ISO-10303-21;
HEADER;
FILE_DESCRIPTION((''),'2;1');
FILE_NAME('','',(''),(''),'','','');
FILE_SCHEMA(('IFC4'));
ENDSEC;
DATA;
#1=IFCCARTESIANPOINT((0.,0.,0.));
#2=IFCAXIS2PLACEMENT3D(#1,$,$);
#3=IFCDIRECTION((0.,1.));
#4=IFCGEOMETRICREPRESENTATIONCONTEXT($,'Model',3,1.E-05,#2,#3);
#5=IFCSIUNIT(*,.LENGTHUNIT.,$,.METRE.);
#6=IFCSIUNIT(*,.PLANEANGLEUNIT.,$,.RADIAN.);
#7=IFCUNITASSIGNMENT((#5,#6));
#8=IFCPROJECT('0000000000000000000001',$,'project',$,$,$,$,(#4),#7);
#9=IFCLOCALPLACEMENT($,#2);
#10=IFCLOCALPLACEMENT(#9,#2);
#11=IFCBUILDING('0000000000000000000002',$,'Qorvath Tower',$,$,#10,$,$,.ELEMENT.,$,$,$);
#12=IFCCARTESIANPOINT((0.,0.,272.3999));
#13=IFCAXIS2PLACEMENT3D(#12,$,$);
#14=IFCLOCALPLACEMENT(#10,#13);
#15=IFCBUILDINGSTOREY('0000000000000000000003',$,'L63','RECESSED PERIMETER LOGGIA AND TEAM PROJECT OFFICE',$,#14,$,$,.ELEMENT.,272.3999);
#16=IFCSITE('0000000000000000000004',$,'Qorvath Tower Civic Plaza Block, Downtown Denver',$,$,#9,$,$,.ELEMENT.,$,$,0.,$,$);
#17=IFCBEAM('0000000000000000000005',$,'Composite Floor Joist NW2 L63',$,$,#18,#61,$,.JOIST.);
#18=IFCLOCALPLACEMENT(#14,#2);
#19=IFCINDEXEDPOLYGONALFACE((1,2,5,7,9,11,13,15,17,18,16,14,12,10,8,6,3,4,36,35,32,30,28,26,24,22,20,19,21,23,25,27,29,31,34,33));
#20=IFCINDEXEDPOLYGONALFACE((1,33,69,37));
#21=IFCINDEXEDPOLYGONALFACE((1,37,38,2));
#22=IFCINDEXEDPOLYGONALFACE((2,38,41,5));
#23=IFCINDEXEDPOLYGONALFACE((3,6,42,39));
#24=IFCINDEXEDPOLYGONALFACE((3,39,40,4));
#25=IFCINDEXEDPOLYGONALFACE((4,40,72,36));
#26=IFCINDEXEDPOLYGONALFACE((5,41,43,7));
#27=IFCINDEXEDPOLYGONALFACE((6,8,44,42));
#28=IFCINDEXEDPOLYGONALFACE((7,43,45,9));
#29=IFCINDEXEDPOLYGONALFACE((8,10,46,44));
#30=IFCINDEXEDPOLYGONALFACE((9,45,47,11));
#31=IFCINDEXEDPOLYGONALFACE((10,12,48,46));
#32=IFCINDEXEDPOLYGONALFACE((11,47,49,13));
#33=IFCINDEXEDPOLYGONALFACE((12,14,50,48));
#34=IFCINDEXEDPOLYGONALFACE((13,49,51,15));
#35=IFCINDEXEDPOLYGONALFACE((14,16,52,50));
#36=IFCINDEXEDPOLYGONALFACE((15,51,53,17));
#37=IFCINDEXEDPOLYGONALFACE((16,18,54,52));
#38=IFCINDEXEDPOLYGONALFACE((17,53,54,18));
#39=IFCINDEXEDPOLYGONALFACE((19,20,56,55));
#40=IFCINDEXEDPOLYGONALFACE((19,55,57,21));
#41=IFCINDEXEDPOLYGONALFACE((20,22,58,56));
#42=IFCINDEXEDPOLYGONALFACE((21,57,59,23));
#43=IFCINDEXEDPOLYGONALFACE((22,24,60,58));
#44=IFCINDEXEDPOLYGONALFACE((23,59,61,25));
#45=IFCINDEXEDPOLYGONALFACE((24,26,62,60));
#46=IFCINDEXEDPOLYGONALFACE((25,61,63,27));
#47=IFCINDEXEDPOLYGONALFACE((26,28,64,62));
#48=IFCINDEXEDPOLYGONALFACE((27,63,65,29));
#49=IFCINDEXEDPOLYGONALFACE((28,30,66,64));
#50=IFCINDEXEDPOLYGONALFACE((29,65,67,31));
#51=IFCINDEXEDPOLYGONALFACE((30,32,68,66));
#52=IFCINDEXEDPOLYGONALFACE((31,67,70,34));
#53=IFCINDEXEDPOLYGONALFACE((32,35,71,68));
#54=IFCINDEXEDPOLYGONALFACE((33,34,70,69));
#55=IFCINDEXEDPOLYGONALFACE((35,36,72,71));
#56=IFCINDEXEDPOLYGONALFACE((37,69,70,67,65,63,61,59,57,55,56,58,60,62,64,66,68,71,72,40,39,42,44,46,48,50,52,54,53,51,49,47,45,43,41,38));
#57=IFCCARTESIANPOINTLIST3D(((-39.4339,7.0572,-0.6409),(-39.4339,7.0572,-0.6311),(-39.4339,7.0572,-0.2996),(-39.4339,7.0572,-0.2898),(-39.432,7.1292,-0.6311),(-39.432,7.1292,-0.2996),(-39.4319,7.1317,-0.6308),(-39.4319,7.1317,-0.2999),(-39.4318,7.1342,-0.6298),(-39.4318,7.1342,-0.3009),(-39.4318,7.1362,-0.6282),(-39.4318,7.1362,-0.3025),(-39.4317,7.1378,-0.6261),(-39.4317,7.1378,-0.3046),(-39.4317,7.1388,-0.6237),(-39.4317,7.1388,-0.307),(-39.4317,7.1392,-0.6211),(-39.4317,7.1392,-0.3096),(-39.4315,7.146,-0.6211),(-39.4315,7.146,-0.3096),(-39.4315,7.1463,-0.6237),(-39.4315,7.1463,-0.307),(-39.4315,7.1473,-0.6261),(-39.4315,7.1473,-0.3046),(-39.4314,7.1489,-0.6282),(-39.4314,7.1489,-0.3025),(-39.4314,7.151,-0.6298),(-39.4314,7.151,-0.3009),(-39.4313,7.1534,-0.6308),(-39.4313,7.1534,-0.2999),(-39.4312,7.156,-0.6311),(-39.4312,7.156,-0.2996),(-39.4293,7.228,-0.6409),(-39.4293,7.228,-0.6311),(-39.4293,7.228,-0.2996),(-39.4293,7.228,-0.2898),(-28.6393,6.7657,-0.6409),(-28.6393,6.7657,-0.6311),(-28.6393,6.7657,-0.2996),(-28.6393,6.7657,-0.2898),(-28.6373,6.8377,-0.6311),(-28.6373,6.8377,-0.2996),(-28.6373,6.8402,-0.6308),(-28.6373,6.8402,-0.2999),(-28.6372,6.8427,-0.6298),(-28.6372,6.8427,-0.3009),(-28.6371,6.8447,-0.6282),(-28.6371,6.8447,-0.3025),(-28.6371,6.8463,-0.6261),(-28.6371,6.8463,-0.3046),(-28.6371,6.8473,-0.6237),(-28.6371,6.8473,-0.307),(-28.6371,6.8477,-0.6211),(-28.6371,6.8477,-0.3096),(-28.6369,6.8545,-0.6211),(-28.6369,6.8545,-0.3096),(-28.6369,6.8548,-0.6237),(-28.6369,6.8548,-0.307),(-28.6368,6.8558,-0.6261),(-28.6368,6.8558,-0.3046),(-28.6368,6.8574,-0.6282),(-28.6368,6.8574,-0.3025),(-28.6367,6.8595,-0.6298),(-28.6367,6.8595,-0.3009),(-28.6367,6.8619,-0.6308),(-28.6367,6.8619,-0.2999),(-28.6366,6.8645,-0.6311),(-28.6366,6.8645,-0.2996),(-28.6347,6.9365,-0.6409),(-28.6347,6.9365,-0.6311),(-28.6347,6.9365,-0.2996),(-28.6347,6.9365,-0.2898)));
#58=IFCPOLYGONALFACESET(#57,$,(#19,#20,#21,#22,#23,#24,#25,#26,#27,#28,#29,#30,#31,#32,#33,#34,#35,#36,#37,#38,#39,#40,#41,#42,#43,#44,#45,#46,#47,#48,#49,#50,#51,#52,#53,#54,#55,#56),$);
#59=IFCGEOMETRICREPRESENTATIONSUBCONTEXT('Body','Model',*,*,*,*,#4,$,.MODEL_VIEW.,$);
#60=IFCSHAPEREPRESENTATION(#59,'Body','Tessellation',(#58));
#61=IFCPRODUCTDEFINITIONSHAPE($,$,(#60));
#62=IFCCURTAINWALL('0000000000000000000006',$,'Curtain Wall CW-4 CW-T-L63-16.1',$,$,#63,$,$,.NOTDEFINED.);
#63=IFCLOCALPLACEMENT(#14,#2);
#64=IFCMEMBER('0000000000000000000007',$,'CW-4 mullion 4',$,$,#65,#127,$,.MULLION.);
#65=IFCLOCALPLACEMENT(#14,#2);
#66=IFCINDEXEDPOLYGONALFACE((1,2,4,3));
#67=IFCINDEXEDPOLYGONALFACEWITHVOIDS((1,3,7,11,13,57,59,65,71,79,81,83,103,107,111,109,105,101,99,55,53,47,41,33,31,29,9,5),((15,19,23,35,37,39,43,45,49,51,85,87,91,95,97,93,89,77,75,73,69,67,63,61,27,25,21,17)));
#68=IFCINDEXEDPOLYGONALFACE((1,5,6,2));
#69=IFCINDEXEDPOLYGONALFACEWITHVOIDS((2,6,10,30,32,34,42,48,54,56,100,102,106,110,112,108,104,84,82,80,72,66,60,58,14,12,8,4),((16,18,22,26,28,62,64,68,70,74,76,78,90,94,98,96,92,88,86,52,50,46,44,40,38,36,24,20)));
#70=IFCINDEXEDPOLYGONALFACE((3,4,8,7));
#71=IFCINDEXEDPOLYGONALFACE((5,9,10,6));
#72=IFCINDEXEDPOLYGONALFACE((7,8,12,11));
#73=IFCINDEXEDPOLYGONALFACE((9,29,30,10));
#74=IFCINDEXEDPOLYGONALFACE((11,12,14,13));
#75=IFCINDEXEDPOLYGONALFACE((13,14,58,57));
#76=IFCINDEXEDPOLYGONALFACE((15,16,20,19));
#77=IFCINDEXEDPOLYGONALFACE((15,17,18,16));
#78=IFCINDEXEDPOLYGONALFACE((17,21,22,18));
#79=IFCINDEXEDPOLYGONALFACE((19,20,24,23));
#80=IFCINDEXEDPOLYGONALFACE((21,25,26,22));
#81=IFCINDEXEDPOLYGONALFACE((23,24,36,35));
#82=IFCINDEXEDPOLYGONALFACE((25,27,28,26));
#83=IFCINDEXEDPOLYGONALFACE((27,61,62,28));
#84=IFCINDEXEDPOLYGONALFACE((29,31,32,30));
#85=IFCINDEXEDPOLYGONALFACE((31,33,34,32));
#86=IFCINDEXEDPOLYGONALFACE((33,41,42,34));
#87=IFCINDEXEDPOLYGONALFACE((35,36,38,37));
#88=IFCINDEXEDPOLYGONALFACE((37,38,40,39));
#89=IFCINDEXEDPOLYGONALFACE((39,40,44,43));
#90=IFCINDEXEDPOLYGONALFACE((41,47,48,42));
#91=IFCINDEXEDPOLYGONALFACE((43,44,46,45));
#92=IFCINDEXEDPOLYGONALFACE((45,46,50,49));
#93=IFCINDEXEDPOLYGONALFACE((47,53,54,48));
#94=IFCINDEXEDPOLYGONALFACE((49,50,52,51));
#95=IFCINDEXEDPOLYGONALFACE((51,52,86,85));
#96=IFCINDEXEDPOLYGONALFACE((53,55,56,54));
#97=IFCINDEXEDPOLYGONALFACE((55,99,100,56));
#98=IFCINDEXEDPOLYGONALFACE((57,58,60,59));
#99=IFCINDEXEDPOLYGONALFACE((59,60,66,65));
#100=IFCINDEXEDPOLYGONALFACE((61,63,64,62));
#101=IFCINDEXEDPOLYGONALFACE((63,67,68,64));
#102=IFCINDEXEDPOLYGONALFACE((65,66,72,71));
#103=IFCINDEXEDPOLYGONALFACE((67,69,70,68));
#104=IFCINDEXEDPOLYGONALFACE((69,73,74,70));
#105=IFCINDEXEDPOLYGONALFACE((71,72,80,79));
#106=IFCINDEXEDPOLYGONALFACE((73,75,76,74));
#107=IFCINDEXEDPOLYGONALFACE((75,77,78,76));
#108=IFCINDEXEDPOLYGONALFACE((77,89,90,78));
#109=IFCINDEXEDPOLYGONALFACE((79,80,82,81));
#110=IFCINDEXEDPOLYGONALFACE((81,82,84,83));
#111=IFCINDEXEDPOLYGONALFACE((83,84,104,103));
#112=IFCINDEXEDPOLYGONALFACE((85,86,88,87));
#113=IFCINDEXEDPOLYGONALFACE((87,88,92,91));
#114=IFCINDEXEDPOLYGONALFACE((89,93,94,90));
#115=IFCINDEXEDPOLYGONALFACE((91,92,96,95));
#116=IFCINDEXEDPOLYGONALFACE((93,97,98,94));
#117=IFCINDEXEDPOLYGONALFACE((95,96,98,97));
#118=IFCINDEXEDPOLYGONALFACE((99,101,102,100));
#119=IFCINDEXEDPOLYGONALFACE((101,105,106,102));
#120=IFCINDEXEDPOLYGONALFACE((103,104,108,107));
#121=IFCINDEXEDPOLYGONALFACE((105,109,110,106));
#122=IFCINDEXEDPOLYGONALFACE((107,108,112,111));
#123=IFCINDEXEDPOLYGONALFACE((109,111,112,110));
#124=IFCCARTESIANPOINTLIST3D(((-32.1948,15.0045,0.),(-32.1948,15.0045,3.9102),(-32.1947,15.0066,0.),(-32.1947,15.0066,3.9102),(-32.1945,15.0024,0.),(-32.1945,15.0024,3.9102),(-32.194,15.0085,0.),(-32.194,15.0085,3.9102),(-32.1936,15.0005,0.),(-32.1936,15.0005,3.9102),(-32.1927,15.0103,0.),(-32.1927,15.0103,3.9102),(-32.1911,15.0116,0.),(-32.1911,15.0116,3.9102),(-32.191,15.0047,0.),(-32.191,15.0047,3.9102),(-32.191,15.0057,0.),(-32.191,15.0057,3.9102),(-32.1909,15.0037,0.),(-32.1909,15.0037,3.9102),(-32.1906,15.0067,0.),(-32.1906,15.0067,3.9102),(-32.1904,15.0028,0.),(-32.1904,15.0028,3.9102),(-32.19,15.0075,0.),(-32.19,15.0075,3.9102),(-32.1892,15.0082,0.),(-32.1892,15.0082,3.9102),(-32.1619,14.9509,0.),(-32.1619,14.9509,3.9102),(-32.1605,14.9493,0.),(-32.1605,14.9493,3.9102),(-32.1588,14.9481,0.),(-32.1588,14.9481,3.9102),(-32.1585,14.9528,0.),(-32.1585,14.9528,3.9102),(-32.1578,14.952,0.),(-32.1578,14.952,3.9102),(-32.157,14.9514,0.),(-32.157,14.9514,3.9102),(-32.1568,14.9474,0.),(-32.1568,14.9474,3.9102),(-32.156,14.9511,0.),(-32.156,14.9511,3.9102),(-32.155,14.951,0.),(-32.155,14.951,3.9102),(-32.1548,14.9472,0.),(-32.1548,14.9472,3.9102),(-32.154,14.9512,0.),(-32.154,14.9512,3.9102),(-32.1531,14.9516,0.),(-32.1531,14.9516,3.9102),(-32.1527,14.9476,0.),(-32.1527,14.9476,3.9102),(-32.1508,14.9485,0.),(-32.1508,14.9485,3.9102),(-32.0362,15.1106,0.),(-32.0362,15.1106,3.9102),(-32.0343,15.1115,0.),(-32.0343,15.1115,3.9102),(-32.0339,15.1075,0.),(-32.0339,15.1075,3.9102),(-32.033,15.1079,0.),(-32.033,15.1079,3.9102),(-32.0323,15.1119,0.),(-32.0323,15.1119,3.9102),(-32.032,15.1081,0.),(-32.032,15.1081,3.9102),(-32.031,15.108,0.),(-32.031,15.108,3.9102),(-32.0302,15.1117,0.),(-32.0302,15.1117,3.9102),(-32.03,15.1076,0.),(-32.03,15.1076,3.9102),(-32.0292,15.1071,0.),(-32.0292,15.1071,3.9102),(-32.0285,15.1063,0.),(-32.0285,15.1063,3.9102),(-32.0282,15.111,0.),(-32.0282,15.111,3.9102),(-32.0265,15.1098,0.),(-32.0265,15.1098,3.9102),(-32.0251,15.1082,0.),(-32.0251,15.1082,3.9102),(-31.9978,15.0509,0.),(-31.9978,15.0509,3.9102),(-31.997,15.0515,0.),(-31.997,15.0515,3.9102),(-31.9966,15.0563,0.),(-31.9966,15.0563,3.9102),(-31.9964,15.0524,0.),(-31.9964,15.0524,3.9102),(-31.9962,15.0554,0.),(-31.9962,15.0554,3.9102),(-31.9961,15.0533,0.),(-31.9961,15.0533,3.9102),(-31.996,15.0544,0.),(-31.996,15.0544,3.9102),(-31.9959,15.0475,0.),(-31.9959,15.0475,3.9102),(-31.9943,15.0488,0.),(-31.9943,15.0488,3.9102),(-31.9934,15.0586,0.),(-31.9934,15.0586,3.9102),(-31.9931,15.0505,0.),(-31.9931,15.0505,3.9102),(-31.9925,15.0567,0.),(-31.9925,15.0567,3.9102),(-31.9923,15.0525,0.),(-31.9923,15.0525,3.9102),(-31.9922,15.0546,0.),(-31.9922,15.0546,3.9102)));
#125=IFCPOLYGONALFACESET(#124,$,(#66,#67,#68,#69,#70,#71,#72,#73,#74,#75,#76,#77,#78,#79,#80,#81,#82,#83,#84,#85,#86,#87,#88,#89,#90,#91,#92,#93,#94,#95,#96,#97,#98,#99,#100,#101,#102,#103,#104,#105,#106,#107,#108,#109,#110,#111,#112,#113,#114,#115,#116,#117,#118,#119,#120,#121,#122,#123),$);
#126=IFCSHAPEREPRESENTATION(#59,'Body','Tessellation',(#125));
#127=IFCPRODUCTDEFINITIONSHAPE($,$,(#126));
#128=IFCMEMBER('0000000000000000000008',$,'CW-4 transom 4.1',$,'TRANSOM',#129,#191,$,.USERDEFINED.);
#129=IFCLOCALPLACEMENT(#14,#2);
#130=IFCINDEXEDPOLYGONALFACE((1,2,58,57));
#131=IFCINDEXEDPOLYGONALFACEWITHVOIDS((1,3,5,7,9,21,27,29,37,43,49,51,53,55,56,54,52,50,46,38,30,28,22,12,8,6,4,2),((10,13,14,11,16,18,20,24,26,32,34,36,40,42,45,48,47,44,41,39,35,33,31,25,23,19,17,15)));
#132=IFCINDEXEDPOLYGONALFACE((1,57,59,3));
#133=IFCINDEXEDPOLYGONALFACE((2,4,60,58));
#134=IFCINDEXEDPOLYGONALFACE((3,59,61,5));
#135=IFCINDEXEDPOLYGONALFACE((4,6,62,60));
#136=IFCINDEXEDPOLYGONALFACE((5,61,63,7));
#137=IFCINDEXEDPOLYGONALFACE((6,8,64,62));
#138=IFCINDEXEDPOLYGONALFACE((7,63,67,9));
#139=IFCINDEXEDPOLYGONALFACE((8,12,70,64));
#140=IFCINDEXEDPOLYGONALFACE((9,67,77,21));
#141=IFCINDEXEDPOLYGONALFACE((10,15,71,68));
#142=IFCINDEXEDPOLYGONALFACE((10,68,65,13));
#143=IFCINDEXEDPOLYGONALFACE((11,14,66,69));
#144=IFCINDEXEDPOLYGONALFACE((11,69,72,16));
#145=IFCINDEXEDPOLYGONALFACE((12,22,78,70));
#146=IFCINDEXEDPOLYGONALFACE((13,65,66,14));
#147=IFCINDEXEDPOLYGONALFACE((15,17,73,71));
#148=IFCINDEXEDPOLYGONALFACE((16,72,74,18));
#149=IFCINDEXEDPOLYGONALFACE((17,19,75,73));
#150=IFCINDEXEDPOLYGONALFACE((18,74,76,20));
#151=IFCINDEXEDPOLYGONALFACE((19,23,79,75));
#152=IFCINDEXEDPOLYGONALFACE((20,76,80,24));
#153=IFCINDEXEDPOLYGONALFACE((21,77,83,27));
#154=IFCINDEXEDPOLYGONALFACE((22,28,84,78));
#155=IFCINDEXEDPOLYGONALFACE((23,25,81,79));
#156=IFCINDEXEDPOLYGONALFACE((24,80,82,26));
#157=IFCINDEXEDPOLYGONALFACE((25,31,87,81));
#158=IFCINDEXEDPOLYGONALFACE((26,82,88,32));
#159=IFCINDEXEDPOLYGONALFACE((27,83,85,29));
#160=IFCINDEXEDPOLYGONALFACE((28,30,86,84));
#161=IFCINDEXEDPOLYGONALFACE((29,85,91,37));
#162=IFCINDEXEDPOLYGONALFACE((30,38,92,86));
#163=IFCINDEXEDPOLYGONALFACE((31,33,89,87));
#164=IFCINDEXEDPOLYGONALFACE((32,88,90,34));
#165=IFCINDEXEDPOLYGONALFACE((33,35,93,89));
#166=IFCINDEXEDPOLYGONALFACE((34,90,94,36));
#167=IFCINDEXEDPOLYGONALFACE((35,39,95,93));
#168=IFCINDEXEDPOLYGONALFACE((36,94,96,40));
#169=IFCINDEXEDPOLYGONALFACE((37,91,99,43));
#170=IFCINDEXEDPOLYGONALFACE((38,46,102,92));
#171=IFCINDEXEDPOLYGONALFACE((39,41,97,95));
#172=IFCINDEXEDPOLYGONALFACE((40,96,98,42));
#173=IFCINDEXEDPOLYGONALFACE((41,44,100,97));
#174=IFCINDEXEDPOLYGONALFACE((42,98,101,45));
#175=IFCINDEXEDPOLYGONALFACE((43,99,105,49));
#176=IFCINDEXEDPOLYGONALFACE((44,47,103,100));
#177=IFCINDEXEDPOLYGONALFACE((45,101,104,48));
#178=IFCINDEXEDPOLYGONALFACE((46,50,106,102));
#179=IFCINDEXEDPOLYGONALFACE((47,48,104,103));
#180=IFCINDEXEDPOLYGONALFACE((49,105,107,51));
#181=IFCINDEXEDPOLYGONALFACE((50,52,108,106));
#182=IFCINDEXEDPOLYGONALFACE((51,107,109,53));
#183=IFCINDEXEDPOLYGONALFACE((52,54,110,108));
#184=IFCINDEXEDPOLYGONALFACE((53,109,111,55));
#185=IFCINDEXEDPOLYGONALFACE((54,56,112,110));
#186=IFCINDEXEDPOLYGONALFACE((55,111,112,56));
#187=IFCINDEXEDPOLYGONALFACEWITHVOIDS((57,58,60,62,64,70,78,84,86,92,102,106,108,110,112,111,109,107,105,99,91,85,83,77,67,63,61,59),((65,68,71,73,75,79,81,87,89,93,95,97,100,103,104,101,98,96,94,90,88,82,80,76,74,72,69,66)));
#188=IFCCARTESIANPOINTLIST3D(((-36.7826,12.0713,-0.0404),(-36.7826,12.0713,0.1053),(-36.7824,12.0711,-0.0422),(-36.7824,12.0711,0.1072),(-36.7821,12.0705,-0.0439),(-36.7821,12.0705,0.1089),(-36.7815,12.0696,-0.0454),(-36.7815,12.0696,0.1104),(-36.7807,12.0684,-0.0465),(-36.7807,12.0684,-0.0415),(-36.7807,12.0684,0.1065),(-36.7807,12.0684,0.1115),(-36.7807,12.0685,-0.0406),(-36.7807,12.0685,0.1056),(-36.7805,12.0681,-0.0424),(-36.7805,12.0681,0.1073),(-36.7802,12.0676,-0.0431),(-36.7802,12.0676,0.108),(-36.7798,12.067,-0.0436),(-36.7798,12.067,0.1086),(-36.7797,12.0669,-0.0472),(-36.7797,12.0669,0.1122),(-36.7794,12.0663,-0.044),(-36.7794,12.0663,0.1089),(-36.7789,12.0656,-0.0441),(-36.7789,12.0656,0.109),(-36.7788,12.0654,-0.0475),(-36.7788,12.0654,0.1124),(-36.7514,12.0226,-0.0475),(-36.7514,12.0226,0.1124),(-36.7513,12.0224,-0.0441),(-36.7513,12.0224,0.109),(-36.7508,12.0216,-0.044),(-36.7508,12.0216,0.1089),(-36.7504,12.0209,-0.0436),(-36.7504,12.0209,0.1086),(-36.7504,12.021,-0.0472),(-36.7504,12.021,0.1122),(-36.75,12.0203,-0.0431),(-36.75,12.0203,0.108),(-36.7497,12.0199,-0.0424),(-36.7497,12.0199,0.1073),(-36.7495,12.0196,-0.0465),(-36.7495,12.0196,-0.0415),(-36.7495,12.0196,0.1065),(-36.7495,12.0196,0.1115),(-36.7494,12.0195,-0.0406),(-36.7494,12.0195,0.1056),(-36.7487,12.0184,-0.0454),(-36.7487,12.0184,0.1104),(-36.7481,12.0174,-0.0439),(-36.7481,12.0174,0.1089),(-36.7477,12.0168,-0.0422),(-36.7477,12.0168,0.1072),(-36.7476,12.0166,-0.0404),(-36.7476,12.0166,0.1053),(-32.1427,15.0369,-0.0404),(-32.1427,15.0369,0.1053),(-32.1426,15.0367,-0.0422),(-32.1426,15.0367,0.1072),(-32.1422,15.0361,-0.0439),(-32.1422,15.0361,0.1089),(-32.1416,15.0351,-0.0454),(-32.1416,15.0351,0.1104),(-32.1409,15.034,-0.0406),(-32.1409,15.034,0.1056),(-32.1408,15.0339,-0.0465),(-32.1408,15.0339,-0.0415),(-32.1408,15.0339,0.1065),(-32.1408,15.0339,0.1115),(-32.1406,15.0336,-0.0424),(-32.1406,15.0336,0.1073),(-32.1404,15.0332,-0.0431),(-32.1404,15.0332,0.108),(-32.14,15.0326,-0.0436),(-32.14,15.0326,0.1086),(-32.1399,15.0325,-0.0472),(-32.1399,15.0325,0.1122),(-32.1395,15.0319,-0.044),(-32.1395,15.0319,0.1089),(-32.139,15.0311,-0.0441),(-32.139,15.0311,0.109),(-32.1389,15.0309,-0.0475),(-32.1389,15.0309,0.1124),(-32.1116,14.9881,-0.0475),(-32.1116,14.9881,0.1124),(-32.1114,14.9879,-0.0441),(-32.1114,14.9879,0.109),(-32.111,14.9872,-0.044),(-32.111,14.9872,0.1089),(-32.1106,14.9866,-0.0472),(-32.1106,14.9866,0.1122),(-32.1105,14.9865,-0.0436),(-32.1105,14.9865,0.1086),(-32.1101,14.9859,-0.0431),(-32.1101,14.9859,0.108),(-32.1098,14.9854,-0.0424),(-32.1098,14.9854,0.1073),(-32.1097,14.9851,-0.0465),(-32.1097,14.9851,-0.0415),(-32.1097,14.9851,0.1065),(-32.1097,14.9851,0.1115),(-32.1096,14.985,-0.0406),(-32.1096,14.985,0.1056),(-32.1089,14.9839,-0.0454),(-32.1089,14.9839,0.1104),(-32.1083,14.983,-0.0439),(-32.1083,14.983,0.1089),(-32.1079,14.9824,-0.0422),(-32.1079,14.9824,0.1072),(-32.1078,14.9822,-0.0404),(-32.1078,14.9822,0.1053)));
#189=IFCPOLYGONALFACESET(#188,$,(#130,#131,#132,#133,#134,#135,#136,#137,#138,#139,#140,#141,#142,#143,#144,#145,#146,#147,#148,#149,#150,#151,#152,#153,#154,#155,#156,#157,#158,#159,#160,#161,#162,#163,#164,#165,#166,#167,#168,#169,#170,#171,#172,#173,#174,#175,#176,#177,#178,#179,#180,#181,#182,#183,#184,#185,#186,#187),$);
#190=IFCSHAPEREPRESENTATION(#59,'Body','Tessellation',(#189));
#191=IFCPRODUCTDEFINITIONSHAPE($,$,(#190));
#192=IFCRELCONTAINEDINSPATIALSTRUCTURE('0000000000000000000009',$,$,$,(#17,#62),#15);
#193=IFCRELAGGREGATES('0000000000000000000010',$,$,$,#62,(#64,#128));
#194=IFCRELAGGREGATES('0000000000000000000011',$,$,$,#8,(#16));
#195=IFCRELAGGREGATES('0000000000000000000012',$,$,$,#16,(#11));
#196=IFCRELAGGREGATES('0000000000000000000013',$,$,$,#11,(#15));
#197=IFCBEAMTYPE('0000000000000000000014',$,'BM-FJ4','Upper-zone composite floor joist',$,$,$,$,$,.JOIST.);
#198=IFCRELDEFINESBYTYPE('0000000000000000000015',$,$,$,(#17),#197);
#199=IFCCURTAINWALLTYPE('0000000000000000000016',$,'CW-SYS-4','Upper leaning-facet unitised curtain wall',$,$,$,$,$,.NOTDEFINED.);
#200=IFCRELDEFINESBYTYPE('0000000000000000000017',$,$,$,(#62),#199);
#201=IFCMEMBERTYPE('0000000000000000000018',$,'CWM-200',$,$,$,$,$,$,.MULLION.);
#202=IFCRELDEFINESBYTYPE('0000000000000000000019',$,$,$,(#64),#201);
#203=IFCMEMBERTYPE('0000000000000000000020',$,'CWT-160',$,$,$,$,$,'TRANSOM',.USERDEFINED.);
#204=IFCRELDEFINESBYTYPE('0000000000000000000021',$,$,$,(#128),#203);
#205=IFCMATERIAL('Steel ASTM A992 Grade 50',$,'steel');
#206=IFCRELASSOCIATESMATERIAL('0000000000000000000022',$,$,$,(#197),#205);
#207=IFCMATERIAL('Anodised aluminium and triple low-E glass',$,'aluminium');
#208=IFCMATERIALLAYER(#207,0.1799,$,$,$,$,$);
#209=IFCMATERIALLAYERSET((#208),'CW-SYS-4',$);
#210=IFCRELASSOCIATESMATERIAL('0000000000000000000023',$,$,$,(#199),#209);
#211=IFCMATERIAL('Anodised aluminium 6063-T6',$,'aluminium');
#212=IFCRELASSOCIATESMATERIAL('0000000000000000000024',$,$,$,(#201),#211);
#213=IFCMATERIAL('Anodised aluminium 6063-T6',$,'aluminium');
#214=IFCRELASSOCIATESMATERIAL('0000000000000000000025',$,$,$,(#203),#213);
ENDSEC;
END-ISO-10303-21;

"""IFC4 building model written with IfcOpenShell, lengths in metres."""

from ifc_helpers import new_model, si_unit, direction, frame, origin, origin_2d, place, context, subcontext, project, spatial, hollow_rectangle, i_section, extrude, material, layer, layer_set, material_profile, profile_set, type_object, element, aggregate, save


model = new_model("IFC4")

# Units and contexts
model_context = context("Model", 3, precision=1e-05, world=origin(), true_north=direction((0.0, 1.0)))
body_context = subcontext(model_context, "Body", "Model", "MODEL_VIEW")
ifc_project = project(units=[si_unit("LENGTHUNIT", "METRE"), si_unit("PLANEANGLEUNIT", "RADIAN")], contexts=[model_context])

# Site, building, storey
site_placement = place(None, origin())
site = spatial("IfcSite", under=ifc_project, at=site_placement, Name="Qorvath Tower Civic Plaza Block, Downtown Denver", CompositionType="ELEMENT", RefElevation=0.0)
building_placement = place(site_placement, origin())
building = spatial("IfcBuilding", under=site, at=building_placement, Name="Qorvath Tower", CompositionType="ELEMENT")
storey_placement = place(building_placement, frame((0.0, 0.0, 272.3999)))
storey = spatial("IfcBuildingStorey", under=building, at=storey_placement, Name="L63", Description="RECESSED PERIMETER LOGGIA AND TEAM PROJECT OFFICE", CompositionType="ELEMENT", Elevation=272.3999)

# Beam
ifc_material_1 = material(Name="Steel ASTM A992 Grade 50", Category="steel")
ifc_material_profile_1 = material_profile(ifc_material_1, i_section(OverallWidth=0.1709, OverallDepth=0.3511, WebThickness=0.0068, FlangeThickness=0.0098, FilletRadius=0.01, at=origin_2d()), Name="W14x30")
ifc_profile_set_1 = profile_set([ifc_material_profile_1], Name="Steel ASTM A992 Grade 50")
beam_type_1 = type_object("IfcBeamType", Name="BM-FJ4", Description="Upper-zone composite floor joist", PredefinedType="JOIST", material=ifc_profile_set_1)
beam_1_placement = place(storey_placement, frame((-28.637, 6.8511, -0.4653), z_axis=(-0.999636, 0.026995, 0.0), x_axis=(-0.026995, -0.999636, 0.0)))
element("IfcBeam", 1, at=beam_1_placement, inside=storey, type_object=beam_type_1, Name="Composite Floor Joist NW2 L63", PredefinedType="JOIST", context=body_context, shape_type="SweptSolid", body=[
    extrude(i_section(OverallWidth=0.1709, OverallDepth=0.3511, WebThickness=0.0068, FlangeThickness=0.0098, FilletRadius=0.01, at=origin_2d()), origin(), (0.0, 0.0, 1.0), 10.7986),
])

# Curtain wall, members
ifc_material_2 = material(Name="Anodised aluminium and triple low-E glass", Category="aluminium")
ifc_layer_1 = layer(ifc_material_2, 0.1799)
ifc_layer_set_1 = layer_set([ifc_layer_1], Name="CW-SYS-4")
curtain_wall_type = type_object("IfcCurtainWallType", Name="CW-SYS-4", Description="Upper leaning-facet unitised curtain wall", PredefinedType="NOTDEFINED", material=ifc_layer_set_1)
curtain_wall_placement = place(storey_placement, origin())
curtain_wall = element("IfcCurtainWall", 2, at=curtain_wall_placement, inside=storey, type_object=curtain_wall_type, Name="Curtain Wall CW-4 CW-T-L63-16.1", PredefinedType="NOTDEFINED")
ifc_material_3 = material(Name="Anodised aluminium 6063-T6", Category="aluminium")
ifc_material_profile_2 = material_profile(ifc_material_3, hollow_rectangle(XDim=0.075, YDim=0.2, WallThickness=0.0039, InnerFilletRadius=0.0039, OuterFilletRadius=0.0081, at=origin_2d()), Name="CWM 200x75")
ifc_profile_set_2 = profile_set([ifc_material_profile_2], Name="Anodised aluminium 6063-T6")
member_type_1 = type_object("IfcMemberType", Name="CWM-200", PredefinedType="MULLION", material=ifc_profile_set_2)
member_1_placement = place(storey_placement, frame((-32.0935, 15.0295, 0.0), z_axis=(0.0, 0.0, 1.0), x_axis=(0.538534, -0.842604, 0.0)))
member_1 = element("IfcMember", 3, at=member_1_placement, type_object=member_type_1, Name="CW-4 mullion 4", PredefinedType="MULLION", context=body_context, shape_type="SweptSolid", body=[
    extrude(hollow_rectangle(XDim=0.075, YDim=0.2, WallThickness=0.0039, InnerFilletRadius=0.0039, OuterFilletRadius=0.0081, at=origin_2d()), origin(), (0.0, 0.0, 1.0), 3.9102),
])
ifc_material_4 = material(Name="Anodised aluminium 6063-T6", Category="aluminium")
ifc_material_profile_3 = material_profile(ifc_material_4, hollow_rectangle(XDim=0.0649, YDim=0.1599, WallThickness=0.0034, InnerFilletRadius=0.0034, OuterFilletRadius=0.0071, at=origin_2d()), Name="CWT 160x65")
ifc_profile_set_3 = profile_set([ifc_material_profile_3], Name="Anodised aluminium 6063-T6")
member_type_2 = type_object("IfcMemberType", Name="CWT-160", ElementType="TRANSOM", PredefinedType="USERDEFINED", material=ifc_profile_set_3)
member_2_placement = place(storey_placement, frame((-32.1252, 15.0095, 0.0325), z_axis=(-0.842597, -0.538544, 0.0), x_axis=(0.538544, -0.842597, 0.0)))
member_2 = element("IfcMember", 4, at=member_2_placement, type_object=member_type_2, Name="CW-4 transom 4.1", ObjectType="TRANSOM", PredefinedType="USERDEFINED", context=body_context, shape_type="SweptSolid", body=[
    extrude(hollow_rectangle(XDim=0.0649, YDim=0.1599, WallThickness=0.0034, InnerFilletRadius=0.0034, OuterFilletRadius=0.0071, at=origin_2d()), origin(), (0.0, 0.0, 1.0), 5.5066),
])
aggregate(curtain_wall, [member_1, member_2])

save(model, "model.ifc")
